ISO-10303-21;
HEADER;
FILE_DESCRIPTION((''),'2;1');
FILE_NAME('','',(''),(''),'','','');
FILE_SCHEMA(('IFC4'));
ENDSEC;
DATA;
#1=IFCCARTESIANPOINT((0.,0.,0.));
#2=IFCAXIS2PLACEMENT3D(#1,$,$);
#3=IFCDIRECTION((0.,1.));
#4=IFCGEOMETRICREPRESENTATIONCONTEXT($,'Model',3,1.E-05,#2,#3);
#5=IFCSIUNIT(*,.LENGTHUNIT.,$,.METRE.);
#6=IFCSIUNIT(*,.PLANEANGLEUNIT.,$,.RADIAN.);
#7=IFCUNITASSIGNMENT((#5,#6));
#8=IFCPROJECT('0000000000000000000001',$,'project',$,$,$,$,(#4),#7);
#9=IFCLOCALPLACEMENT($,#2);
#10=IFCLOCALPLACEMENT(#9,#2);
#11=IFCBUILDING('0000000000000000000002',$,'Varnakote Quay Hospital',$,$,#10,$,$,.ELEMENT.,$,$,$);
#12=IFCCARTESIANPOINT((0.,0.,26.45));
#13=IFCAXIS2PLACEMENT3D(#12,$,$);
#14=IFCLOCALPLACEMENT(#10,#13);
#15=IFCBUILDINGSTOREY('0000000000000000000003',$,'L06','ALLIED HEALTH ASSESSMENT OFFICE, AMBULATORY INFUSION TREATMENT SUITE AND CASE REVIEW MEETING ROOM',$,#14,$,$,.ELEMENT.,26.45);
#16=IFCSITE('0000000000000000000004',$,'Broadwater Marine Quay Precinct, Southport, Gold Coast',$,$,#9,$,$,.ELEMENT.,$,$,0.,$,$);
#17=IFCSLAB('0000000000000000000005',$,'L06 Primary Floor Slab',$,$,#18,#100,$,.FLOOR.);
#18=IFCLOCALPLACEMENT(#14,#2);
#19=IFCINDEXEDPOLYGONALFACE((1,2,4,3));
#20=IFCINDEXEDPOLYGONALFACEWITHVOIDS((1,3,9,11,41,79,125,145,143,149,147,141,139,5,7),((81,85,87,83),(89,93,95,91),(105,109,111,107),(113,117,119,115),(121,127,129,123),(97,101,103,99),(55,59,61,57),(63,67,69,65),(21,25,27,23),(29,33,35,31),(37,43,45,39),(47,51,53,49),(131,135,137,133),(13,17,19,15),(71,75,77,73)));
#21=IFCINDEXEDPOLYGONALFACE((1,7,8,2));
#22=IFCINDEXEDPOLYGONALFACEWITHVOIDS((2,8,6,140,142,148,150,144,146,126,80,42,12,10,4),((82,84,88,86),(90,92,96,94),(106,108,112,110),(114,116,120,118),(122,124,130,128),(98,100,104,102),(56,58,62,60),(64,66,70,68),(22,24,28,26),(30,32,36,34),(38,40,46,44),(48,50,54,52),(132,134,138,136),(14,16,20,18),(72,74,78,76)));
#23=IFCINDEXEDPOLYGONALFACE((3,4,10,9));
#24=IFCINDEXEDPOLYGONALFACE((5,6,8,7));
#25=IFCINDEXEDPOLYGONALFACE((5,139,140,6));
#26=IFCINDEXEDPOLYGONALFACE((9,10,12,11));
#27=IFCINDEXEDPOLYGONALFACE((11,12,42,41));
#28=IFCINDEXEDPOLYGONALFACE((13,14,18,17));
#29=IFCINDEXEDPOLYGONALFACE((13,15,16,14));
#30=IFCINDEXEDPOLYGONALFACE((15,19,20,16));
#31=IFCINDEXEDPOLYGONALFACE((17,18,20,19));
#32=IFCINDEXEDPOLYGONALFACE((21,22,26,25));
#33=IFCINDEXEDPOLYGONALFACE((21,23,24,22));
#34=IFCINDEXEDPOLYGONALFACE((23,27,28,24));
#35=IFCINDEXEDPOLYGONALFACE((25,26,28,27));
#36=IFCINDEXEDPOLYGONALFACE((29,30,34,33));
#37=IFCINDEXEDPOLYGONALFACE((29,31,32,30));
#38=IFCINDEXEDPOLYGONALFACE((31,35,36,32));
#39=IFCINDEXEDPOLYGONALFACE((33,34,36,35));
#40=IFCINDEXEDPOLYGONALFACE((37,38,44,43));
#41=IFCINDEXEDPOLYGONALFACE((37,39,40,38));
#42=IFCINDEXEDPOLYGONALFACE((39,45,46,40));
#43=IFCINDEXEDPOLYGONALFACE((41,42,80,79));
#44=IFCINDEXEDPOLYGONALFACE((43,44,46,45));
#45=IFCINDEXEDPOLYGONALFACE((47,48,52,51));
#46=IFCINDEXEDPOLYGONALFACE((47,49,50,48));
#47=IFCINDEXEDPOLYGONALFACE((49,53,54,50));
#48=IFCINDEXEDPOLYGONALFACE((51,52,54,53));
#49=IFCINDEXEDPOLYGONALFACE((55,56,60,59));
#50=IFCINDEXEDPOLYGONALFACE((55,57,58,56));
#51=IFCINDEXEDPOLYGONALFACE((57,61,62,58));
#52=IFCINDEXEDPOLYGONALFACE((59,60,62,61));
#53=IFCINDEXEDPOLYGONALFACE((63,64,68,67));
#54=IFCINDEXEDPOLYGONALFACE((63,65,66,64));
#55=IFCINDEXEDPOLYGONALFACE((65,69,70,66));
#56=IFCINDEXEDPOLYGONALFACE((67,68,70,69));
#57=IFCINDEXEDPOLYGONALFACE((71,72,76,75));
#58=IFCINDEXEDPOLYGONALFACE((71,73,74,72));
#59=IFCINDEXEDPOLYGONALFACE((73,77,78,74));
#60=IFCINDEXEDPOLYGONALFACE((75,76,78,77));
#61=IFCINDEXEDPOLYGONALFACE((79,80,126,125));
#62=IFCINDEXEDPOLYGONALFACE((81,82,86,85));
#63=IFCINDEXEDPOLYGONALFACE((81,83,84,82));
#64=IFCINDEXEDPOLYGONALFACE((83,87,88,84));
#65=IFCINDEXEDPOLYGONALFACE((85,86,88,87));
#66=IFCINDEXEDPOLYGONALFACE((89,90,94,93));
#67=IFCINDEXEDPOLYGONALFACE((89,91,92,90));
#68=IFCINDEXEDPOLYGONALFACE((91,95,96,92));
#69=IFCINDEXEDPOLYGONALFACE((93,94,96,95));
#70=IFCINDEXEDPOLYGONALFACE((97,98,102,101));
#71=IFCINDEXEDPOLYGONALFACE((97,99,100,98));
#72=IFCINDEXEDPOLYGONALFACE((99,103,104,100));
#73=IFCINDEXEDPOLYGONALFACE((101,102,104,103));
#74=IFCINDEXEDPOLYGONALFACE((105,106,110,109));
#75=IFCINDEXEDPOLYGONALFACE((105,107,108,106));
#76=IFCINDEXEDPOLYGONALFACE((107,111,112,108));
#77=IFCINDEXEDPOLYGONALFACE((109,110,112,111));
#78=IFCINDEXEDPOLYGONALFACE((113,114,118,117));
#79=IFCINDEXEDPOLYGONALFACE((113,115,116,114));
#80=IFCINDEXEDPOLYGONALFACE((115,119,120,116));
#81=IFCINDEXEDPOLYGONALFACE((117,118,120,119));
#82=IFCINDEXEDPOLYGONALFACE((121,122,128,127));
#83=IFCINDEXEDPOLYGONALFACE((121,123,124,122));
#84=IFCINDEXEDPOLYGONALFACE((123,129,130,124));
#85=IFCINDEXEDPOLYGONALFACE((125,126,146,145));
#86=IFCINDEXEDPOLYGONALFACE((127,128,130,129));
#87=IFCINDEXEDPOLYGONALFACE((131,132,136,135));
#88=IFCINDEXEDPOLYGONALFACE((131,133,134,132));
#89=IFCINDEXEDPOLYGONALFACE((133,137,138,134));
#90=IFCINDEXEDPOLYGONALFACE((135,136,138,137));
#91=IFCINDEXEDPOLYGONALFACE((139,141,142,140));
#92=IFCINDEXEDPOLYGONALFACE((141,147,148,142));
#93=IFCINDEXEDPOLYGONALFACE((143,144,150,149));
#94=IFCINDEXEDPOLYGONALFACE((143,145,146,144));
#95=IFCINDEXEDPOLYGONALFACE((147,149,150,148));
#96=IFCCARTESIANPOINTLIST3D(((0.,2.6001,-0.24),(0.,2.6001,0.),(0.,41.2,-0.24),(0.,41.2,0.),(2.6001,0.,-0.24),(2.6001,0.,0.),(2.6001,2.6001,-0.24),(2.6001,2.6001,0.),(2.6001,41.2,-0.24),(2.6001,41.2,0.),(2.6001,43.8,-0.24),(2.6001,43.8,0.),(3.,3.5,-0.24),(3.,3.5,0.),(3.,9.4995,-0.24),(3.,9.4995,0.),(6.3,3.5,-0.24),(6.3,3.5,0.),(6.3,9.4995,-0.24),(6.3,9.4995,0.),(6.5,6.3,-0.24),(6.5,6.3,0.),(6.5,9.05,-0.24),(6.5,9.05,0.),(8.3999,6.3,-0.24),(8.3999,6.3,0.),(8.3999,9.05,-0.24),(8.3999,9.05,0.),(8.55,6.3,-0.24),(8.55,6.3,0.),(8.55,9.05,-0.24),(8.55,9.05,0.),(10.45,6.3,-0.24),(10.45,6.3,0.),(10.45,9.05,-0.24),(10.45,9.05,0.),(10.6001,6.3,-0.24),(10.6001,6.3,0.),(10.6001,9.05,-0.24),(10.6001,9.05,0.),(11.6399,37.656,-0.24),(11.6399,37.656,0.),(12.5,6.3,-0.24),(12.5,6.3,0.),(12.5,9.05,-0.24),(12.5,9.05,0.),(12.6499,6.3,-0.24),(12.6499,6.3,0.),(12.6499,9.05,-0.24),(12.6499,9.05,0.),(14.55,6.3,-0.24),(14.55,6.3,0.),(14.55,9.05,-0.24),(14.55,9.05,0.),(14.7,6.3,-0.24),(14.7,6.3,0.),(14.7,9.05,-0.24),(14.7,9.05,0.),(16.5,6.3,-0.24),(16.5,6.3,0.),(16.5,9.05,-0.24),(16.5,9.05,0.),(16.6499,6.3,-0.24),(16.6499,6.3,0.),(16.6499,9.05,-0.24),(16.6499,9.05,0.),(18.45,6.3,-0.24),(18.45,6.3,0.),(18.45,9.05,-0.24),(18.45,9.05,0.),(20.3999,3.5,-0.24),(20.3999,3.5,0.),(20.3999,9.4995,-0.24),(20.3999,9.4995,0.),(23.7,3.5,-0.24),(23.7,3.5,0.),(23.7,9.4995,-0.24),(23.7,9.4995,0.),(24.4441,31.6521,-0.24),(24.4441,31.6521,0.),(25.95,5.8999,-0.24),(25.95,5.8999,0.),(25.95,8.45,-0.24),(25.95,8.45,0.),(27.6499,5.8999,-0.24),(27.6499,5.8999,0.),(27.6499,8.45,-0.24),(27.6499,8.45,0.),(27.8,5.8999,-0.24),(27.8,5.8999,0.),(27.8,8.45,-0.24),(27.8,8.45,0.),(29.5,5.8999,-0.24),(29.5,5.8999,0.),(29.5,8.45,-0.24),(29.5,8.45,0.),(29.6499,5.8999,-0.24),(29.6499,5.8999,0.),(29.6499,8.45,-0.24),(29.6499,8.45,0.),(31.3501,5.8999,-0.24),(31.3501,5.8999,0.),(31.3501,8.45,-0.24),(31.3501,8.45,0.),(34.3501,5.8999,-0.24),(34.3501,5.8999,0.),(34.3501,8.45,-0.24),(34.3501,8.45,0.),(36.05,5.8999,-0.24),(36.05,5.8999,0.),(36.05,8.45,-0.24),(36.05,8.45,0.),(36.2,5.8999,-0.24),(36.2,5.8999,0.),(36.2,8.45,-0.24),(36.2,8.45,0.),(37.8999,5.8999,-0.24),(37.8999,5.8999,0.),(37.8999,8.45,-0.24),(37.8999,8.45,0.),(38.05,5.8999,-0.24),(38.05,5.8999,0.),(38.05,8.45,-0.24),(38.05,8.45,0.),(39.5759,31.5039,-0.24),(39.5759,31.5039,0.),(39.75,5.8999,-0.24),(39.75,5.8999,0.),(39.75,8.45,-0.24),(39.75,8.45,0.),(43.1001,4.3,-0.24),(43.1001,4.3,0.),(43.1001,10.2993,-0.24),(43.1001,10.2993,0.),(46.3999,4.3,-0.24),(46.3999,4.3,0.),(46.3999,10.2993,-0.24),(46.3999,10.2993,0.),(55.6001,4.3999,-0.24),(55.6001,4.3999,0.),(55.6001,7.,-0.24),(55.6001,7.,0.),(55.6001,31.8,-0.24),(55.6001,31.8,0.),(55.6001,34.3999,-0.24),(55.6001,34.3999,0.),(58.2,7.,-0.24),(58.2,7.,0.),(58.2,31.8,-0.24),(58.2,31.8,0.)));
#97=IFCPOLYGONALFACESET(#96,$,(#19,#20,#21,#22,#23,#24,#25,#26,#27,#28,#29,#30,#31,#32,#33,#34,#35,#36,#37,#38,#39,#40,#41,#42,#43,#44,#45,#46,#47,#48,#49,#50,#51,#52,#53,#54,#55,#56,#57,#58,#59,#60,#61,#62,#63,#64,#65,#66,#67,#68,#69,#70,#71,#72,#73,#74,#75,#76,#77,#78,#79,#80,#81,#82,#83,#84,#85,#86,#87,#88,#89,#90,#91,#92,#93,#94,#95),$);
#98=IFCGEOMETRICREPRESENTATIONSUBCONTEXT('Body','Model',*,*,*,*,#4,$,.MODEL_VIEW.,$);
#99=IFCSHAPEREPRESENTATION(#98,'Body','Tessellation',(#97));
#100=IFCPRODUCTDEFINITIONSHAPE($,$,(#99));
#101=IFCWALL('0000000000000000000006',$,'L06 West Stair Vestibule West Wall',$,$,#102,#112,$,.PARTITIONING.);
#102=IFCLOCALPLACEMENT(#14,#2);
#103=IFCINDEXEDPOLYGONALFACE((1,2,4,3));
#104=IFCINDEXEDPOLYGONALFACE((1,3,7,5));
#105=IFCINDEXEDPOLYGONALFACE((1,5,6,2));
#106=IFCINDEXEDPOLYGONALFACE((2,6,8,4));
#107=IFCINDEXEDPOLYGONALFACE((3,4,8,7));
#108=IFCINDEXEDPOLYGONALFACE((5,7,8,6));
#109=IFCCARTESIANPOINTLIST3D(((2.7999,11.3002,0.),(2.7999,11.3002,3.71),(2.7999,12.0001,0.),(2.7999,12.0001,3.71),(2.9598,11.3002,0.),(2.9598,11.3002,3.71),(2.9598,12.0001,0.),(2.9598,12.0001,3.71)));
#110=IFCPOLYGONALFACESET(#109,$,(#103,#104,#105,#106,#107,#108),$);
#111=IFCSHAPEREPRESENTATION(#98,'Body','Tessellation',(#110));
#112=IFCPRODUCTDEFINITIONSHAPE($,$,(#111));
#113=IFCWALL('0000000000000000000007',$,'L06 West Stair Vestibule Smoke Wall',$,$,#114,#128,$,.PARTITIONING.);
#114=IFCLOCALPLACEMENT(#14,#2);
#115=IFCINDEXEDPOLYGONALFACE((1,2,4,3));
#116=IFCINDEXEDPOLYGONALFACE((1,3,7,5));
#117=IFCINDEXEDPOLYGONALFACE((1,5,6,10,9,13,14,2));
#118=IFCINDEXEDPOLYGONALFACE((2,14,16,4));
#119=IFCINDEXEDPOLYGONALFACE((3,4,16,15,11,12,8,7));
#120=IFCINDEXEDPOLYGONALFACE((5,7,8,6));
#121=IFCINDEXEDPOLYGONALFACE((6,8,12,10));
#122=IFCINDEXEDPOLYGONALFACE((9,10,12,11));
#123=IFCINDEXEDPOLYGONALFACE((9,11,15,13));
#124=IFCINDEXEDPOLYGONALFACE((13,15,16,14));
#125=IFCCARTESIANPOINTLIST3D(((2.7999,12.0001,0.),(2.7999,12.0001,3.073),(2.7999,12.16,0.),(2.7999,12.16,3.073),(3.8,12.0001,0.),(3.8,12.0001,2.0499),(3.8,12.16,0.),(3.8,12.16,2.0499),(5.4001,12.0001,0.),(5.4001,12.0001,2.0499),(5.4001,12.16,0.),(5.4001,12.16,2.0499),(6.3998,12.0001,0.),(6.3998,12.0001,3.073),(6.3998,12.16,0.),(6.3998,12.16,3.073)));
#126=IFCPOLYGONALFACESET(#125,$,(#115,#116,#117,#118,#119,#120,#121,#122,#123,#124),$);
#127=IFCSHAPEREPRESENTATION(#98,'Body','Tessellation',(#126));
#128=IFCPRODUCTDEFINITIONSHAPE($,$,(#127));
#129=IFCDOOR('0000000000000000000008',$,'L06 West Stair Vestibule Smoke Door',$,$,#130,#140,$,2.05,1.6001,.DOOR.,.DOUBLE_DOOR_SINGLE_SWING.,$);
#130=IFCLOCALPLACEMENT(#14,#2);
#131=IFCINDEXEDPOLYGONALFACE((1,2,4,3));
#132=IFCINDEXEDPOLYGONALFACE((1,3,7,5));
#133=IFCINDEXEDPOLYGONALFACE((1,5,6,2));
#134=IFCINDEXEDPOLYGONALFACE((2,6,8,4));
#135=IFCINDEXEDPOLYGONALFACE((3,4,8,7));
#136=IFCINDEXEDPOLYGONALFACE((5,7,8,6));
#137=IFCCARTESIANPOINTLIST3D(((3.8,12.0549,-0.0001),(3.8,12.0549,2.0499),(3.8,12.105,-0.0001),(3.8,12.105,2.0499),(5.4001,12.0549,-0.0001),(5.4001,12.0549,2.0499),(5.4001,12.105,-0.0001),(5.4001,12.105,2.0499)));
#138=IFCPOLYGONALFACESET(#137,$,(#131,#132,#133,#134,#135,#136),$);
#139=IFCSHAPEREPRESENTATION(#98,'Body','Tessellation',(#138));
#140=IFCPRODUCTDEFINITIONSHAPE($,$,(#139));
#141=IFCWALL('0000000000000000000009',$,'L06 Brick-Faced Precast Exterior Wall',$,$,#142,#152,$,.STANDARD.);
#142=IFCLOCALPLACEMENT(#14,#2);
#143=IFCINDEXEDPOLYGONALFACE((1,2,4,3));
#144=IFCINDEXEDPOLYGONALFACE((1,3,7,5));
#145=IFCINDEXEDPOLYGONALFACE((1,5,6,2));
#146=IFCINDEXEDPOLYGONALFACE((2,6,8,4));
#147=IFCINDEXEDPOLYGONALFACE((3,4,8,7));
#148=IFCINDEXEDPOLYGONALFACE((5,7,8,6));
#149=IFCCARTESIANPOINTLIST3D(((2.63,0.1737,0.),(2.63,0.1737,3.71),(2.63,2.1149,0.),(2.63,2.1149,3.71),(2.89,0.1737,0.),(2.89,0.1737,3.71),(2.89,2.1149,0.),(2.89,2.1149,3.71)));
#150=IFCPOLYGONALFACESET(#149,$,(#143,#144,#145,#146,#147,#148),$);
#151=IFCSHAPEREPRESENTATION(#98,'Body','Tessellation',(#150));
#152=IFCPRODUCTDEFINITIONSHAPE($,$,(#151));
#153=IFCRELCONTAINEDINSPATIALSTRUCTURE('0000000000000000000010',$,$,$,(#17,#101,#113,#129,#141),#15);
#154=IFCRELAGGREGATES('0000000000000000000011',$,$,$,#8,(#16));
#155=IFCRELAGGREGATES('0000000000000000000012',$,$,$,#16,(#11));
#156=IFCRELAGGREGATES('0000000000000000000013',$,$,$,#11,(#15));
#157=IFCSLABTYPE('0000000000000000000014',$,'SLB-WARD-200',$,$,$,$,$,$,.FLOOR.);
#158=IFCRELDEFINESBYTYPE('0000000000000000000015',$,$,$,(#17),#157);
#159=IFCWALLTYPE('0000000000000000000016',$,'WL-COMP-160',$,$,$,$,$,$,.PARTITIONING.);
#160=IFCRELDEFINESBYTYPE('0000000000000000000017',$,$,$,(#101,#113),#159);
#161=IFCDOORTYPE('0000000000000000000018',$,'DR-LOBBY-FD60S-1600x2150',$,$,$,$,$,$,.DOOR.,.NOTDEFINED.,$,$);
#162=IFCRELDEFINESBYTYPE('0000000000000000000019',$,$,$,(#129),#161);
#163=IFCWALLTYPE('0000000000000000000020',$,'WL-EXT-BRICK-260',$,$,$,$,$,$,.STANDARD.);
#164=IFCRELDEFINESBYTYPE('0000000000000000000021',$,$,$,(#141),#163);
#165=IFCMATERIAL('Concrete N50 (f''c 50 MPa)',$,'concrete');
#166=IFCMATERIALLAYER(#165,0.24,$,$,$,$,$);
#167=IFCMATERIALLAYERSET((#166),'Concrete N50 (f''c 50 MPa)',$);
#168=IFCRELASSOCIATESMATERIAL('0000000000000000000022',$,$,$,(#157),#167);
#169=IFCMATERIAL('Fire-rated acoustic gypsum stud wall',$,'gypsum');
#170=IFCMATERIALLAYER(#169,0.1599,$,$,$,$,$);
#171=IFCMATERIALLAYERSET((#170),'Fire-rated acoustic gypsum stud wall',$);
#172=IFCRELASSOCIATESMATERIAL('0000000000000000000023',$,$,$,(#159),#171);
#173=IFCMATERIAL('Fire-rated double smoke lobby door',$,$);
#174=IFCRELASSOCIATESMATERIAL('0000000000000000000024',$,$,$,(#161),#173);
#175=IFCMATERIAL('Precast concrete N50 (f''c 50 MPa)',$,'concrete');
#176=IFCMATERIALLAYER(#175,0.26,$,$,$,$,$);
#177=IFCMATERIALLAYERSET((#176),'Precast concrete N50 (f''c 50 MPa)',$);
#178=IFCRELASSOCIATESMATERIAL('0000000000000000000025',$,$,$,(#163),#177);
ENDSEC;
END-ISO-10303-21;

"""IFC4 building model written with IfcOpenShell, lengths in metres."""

from ifc_helpers import new_model, si_unit, direction, frame, frame_2d, origin, place, context, subcontext, project, spatial, polyline, rectangle, outline, extrude, material, layer, layer_set, type_object, element, fill, save


model = new_model("IFC4")

# Units and contexts
model_context = context("Model", 3, precision=1e-05, world=origin(), true_north=direction((0.0, 1.0)))
body_context = subcontext(model_context, "Body", "Model", "MODEL_VIEW")
ifc_project = project(units=[si_unit("LENGTHUNIT", "METRE"), si_unit("PLANEANGLEUNIT", "RADIAN")], contexts=[model_context])

# Site, building, storey
site_placement = place(None, origin())
site = spatial("IfcSite", under=ifc_project, at=site_placement, Name="Broadwater Marine Quay Precinct, Southport, Gold Coast", CompositionType="ELEMENT", RefElevation=0.0)
building_placement = place(site_placement, origin())
building = spatial("IfcBuilding", under=site, at=building_placement, Name="Varnakote Quay Hospital", CompositionType="ELEMENT")
storey_placement = place(building_placement, frame((0.0, 0.0, 26.45)))
storey = spatial("IfcBuildingStorey", under=building, at=storey_placement, Name="L06", Description="ALLIED HEALTH ASSESSMENT OFFICE, AMBULATORY INFUSION TREATMENT SUITE AND CASE REVIEW MEETING ROOM", CompositionType="ELEMENT", Elevation=26.45)

# Slab
ifc_material_1 = material(Name="Concrete N50 (f'c 50 MPa)", Category="concrete")
ifc_layer_1 = layer(ifc_material_1, 0.24)
ifc_layer_set_1 = layer_set([ifc_layer_1], Name="Concrete N50 (f'c 50 MPa)")
slab_type_1 = type_object("IfcSlabType", Name="SLB-WARD-200", PredefinedType="FLOOR", material=ifc_layer_set_1)
slab_1_placement = place(storey_placement, frame((0.0, 0.0, -0.24)))
element("IfcSlab", 1, at=slab_1_placement, inside=storey, type_object=slab_type_1, Name="L06 Primary Floor Slab", PredefinedType="FLOOR", context=body_context, shape_type="SweptSolid", body=[
    extrude(outline(polyline([(0.0, 2.6001), (2.6001, 2.6001), (2.6001, 0.0), (55.6001, 4.3999), (55.6001, 7.0), (58.2, 7.0), (58.2, 31.8), (55.6001, 31.8), (55.6001, 34.3999), (39.5759, 31.5039), (24.4441, 31.6521), (11.6399, 37.656), (2.6001, 43.8), (2.6001, 41.2), (0.0, 41.2), (0.0, 2.6001)]), holes=[polyline([(3.0, 3.5), (6.3, 3.5), (6.3, 9.4995), (3.0, 9.4995), (3.0, 3.5)]), polyline([(20.3999, 3.5), (23.7, 3.5), (23.7, 9.4995), (20.3999, 9.4995), (20.3999, 3.5)]), polyline([(43.1001, 4.3), (46.3999, 4.3), (46.3999, 10.2993), (43.1001, 10.2993), (43.1001, 4.3)]), polyline([(6.5, 6.3), (8.3999, 6.3), (8.3999, 9.05), (6.5, 9.05), (6.5, 6.3)]), polyline([(8.55, 6.3), (10.45, 6.3), (10.45, 9.05), (8.55, 9.05), (8.55, 6.3)]), polyline([(10.6001, 6.3), (12.5, 6.3), (12.5, 9.05), (10.6001, 9.05), (10.6001, 6.3)]), polyline([(12.6499, 6.3), (14.55, 6.3), (14.55, 9.05), (12.6499, 9.05), (12.6499, 6.3)]), polyline([(14.7, 6.3), (16.5, 6.3), (16.5, 9.05), (14.7, 9.05), (14.7, 6.3)]), polyline([(16.6499, 6.3), (18.45, 6.3), (18.45, 9.05), (16.6499, 9.05), (16.6499, 6.3)]), polyline([(25.95, 5.8999), (27.6499, 5.8999), (27.6499, 8.45), (25.95, 8.45), (25.95, 5.8999)]), polyline([(27.8, 5.8999), (29.5, 5.8999), (29.5, 8.45), (27.8, 8.45), (27.8, 5.8999)]), polyline([(29.6499, 5.8999), (31.3501, 5.8999), (31.3501, 8.45), (29.6499, 8.45), (29.6499, 5.8999)]), polyline([(34.3501, 5.8999), (36.05, 5.8999), (36.05, 8.45), (34.3501, 8.45), (34.3501, 5.8999)]), polyline([(36.2, 5.8999), (37.8999, 5.8999), (37.8999, 8.45), (36.2, 8.45), (36.2, 5.8999)]), polyline([(38.05, 5.8999), (39.75, 5.8999), (39.75, 8.45), (38.05, 8.45), (38.05, 5.8999)])]), origin(), (0.0, 0.0, 1.0), 0.24),
])

# Wall
ifc_material_2 = material(Name="Fire-rated acoustic gypsum stud wall", Category="gypsum")
ifc_layer_2 = layer(ifc_material_2, 0.1599)
ifc_layer_set_2 = layer_set([ifc_layer_2], Name="Fire-rated acoustic gypsum stud wall")
wall_type_1 = type_object("IfcWallType", Name="WL-COMP-160", PredefinedType="PARTITIONING", material=ifc_layer_set_2)
wall_1_placement = place(storey_placement, frame((2.8799, 11.3, 0.0), z_axis=(0.0, 0.0, 1.0), x_axis=(0.0, 1.0, 0.0)))
element("IfcWall", 2, at=wall_1_placement, inside=storey, type_object=wall_type_1, Name="L06 West Stair Vestibule West Wall", PredefinedType="PARTITIONING", context=body_context, shape_type="SweptSolid", body=[
    extrude(rectangle(XDim=0.7, YDim=0.1599, at=frame_2d((0.3501, 0.0))), origin(), (0.0, 0.0, 1.0), 3.71),
])

# Wall, opening, door
wall_2_placement = place(storey_placement, frame((2.8, 12.0801, 0.0), z_axis=(0.0, 0.0, 1.0), x_axis=(1.0, 0.0, 0.0)))
wall_2 = element("IfcWall", 3, at=wall_2_placement, inside=storey, type_object=wall_type_1, Name="L06 West Stair Vestibule Smoke Wall", PredefinedType="PARTITIONING", context=body_context, shape_type="SweptSolid", body=[
    extrude(rectangle(XDim=3.5999, YDim=0.1599, at=frame_2d((1.7998, 0.0))), origin(), (0.0, 0.0, 1.0), 3.073),
])
opening_1_placement = place(wall_2_placement, frame((1.0, 0.0, 0.0)))
opening_1 = element("IfcOpeningElement", 4, at=opening_1_placement, cuts=wall_2, PredefinedType="OPENING", context=body_context, shape_type="SweptSolid", body=[
    extrude(rectangle(XDim=1.6001, YDim=2.05, at=frame_2d((0.8, 1.0249))), frame((0.0, 0.0898, 0.0), z_axis=(0.0, -1.0, 0.0), x_axis=(1.0, 0.0, 0.0)), (0.0, 0.0, 1.0), 0.1799),
])
ifc_material_3 = material(Name="Fire-rated double smoke lobby door")
door_type_1 = type_object("IfcDoorType", Name="DR-LOBBY-FD60S-1600x2150", OperationType="NOTDEFINED", PredefinedType="DOOR", material=ifc_material_3)
door_1_placement = place(opening_1_placement, origin())
door_1 = element("IfcDoor", 5, at=door_1_placement, inside=storey, type_object=door_type_1, Name="L06 West Stair Vestibule Smoke Door", OperationType="DOUBLE_DOOR_SINGLE_SWING", OverallHeight=2.05, OverallWidth=1.6001, PredefinedType="DOOR", context=body_context, shape_type="SweptSolid", body=[
    extrude(rectangle(XDim=1.6001, YDim=2.05, at=frame_2d((0.8, 1.0249))), frame((0.0, 0.0249, 0.0), z_axis=(0.0, -1.0, 0.0), x_axis=(1.0, 0.0, 0.0)), (0.0, 0.0, 1.0), 0.05),
])
fill(opening_1, door_1)

# Wall
ifc_material_4 = material(Name="Precast concrete N50 (f'c 50 MPa)", Category="concrete")
ifc_layer_3 = layer(ifc_material_4, 0.26)
ifc_layer_set_3 = layer_set([ifc_layer_3], Name="Precast concrete N50 (f'c 50 MPa)")
wall_type_2 = type_object("IfcWallType", Name="WL-EXT-BRICK-260", PredefinedType="STANDARD", material=ifc_layer_set_3)
wall_3_placement = place(storey_placement, frame((2.76, 2.115, 0.0), z_axis=(0.0, 0.0, 1.0), x_axis=(0.0, -1.0, 0.0)))
element("IfcWall", 6, at=wall_3_placement, inside=storey, type_object=wall_type_2, Name="L06 Brick-Faced Precast Exterior Wall", PredefinedType="STANDARD", context=body_context, shape_type="SweptSolid", body=[
    extrude(rectangle(XDim=1.9412, YDim=0.26, at=frame_2d((0.9707, 0.0))), origin(), (0.0, 0.0, 1.0), 3.71),
])

save(model, "model.ifc")
